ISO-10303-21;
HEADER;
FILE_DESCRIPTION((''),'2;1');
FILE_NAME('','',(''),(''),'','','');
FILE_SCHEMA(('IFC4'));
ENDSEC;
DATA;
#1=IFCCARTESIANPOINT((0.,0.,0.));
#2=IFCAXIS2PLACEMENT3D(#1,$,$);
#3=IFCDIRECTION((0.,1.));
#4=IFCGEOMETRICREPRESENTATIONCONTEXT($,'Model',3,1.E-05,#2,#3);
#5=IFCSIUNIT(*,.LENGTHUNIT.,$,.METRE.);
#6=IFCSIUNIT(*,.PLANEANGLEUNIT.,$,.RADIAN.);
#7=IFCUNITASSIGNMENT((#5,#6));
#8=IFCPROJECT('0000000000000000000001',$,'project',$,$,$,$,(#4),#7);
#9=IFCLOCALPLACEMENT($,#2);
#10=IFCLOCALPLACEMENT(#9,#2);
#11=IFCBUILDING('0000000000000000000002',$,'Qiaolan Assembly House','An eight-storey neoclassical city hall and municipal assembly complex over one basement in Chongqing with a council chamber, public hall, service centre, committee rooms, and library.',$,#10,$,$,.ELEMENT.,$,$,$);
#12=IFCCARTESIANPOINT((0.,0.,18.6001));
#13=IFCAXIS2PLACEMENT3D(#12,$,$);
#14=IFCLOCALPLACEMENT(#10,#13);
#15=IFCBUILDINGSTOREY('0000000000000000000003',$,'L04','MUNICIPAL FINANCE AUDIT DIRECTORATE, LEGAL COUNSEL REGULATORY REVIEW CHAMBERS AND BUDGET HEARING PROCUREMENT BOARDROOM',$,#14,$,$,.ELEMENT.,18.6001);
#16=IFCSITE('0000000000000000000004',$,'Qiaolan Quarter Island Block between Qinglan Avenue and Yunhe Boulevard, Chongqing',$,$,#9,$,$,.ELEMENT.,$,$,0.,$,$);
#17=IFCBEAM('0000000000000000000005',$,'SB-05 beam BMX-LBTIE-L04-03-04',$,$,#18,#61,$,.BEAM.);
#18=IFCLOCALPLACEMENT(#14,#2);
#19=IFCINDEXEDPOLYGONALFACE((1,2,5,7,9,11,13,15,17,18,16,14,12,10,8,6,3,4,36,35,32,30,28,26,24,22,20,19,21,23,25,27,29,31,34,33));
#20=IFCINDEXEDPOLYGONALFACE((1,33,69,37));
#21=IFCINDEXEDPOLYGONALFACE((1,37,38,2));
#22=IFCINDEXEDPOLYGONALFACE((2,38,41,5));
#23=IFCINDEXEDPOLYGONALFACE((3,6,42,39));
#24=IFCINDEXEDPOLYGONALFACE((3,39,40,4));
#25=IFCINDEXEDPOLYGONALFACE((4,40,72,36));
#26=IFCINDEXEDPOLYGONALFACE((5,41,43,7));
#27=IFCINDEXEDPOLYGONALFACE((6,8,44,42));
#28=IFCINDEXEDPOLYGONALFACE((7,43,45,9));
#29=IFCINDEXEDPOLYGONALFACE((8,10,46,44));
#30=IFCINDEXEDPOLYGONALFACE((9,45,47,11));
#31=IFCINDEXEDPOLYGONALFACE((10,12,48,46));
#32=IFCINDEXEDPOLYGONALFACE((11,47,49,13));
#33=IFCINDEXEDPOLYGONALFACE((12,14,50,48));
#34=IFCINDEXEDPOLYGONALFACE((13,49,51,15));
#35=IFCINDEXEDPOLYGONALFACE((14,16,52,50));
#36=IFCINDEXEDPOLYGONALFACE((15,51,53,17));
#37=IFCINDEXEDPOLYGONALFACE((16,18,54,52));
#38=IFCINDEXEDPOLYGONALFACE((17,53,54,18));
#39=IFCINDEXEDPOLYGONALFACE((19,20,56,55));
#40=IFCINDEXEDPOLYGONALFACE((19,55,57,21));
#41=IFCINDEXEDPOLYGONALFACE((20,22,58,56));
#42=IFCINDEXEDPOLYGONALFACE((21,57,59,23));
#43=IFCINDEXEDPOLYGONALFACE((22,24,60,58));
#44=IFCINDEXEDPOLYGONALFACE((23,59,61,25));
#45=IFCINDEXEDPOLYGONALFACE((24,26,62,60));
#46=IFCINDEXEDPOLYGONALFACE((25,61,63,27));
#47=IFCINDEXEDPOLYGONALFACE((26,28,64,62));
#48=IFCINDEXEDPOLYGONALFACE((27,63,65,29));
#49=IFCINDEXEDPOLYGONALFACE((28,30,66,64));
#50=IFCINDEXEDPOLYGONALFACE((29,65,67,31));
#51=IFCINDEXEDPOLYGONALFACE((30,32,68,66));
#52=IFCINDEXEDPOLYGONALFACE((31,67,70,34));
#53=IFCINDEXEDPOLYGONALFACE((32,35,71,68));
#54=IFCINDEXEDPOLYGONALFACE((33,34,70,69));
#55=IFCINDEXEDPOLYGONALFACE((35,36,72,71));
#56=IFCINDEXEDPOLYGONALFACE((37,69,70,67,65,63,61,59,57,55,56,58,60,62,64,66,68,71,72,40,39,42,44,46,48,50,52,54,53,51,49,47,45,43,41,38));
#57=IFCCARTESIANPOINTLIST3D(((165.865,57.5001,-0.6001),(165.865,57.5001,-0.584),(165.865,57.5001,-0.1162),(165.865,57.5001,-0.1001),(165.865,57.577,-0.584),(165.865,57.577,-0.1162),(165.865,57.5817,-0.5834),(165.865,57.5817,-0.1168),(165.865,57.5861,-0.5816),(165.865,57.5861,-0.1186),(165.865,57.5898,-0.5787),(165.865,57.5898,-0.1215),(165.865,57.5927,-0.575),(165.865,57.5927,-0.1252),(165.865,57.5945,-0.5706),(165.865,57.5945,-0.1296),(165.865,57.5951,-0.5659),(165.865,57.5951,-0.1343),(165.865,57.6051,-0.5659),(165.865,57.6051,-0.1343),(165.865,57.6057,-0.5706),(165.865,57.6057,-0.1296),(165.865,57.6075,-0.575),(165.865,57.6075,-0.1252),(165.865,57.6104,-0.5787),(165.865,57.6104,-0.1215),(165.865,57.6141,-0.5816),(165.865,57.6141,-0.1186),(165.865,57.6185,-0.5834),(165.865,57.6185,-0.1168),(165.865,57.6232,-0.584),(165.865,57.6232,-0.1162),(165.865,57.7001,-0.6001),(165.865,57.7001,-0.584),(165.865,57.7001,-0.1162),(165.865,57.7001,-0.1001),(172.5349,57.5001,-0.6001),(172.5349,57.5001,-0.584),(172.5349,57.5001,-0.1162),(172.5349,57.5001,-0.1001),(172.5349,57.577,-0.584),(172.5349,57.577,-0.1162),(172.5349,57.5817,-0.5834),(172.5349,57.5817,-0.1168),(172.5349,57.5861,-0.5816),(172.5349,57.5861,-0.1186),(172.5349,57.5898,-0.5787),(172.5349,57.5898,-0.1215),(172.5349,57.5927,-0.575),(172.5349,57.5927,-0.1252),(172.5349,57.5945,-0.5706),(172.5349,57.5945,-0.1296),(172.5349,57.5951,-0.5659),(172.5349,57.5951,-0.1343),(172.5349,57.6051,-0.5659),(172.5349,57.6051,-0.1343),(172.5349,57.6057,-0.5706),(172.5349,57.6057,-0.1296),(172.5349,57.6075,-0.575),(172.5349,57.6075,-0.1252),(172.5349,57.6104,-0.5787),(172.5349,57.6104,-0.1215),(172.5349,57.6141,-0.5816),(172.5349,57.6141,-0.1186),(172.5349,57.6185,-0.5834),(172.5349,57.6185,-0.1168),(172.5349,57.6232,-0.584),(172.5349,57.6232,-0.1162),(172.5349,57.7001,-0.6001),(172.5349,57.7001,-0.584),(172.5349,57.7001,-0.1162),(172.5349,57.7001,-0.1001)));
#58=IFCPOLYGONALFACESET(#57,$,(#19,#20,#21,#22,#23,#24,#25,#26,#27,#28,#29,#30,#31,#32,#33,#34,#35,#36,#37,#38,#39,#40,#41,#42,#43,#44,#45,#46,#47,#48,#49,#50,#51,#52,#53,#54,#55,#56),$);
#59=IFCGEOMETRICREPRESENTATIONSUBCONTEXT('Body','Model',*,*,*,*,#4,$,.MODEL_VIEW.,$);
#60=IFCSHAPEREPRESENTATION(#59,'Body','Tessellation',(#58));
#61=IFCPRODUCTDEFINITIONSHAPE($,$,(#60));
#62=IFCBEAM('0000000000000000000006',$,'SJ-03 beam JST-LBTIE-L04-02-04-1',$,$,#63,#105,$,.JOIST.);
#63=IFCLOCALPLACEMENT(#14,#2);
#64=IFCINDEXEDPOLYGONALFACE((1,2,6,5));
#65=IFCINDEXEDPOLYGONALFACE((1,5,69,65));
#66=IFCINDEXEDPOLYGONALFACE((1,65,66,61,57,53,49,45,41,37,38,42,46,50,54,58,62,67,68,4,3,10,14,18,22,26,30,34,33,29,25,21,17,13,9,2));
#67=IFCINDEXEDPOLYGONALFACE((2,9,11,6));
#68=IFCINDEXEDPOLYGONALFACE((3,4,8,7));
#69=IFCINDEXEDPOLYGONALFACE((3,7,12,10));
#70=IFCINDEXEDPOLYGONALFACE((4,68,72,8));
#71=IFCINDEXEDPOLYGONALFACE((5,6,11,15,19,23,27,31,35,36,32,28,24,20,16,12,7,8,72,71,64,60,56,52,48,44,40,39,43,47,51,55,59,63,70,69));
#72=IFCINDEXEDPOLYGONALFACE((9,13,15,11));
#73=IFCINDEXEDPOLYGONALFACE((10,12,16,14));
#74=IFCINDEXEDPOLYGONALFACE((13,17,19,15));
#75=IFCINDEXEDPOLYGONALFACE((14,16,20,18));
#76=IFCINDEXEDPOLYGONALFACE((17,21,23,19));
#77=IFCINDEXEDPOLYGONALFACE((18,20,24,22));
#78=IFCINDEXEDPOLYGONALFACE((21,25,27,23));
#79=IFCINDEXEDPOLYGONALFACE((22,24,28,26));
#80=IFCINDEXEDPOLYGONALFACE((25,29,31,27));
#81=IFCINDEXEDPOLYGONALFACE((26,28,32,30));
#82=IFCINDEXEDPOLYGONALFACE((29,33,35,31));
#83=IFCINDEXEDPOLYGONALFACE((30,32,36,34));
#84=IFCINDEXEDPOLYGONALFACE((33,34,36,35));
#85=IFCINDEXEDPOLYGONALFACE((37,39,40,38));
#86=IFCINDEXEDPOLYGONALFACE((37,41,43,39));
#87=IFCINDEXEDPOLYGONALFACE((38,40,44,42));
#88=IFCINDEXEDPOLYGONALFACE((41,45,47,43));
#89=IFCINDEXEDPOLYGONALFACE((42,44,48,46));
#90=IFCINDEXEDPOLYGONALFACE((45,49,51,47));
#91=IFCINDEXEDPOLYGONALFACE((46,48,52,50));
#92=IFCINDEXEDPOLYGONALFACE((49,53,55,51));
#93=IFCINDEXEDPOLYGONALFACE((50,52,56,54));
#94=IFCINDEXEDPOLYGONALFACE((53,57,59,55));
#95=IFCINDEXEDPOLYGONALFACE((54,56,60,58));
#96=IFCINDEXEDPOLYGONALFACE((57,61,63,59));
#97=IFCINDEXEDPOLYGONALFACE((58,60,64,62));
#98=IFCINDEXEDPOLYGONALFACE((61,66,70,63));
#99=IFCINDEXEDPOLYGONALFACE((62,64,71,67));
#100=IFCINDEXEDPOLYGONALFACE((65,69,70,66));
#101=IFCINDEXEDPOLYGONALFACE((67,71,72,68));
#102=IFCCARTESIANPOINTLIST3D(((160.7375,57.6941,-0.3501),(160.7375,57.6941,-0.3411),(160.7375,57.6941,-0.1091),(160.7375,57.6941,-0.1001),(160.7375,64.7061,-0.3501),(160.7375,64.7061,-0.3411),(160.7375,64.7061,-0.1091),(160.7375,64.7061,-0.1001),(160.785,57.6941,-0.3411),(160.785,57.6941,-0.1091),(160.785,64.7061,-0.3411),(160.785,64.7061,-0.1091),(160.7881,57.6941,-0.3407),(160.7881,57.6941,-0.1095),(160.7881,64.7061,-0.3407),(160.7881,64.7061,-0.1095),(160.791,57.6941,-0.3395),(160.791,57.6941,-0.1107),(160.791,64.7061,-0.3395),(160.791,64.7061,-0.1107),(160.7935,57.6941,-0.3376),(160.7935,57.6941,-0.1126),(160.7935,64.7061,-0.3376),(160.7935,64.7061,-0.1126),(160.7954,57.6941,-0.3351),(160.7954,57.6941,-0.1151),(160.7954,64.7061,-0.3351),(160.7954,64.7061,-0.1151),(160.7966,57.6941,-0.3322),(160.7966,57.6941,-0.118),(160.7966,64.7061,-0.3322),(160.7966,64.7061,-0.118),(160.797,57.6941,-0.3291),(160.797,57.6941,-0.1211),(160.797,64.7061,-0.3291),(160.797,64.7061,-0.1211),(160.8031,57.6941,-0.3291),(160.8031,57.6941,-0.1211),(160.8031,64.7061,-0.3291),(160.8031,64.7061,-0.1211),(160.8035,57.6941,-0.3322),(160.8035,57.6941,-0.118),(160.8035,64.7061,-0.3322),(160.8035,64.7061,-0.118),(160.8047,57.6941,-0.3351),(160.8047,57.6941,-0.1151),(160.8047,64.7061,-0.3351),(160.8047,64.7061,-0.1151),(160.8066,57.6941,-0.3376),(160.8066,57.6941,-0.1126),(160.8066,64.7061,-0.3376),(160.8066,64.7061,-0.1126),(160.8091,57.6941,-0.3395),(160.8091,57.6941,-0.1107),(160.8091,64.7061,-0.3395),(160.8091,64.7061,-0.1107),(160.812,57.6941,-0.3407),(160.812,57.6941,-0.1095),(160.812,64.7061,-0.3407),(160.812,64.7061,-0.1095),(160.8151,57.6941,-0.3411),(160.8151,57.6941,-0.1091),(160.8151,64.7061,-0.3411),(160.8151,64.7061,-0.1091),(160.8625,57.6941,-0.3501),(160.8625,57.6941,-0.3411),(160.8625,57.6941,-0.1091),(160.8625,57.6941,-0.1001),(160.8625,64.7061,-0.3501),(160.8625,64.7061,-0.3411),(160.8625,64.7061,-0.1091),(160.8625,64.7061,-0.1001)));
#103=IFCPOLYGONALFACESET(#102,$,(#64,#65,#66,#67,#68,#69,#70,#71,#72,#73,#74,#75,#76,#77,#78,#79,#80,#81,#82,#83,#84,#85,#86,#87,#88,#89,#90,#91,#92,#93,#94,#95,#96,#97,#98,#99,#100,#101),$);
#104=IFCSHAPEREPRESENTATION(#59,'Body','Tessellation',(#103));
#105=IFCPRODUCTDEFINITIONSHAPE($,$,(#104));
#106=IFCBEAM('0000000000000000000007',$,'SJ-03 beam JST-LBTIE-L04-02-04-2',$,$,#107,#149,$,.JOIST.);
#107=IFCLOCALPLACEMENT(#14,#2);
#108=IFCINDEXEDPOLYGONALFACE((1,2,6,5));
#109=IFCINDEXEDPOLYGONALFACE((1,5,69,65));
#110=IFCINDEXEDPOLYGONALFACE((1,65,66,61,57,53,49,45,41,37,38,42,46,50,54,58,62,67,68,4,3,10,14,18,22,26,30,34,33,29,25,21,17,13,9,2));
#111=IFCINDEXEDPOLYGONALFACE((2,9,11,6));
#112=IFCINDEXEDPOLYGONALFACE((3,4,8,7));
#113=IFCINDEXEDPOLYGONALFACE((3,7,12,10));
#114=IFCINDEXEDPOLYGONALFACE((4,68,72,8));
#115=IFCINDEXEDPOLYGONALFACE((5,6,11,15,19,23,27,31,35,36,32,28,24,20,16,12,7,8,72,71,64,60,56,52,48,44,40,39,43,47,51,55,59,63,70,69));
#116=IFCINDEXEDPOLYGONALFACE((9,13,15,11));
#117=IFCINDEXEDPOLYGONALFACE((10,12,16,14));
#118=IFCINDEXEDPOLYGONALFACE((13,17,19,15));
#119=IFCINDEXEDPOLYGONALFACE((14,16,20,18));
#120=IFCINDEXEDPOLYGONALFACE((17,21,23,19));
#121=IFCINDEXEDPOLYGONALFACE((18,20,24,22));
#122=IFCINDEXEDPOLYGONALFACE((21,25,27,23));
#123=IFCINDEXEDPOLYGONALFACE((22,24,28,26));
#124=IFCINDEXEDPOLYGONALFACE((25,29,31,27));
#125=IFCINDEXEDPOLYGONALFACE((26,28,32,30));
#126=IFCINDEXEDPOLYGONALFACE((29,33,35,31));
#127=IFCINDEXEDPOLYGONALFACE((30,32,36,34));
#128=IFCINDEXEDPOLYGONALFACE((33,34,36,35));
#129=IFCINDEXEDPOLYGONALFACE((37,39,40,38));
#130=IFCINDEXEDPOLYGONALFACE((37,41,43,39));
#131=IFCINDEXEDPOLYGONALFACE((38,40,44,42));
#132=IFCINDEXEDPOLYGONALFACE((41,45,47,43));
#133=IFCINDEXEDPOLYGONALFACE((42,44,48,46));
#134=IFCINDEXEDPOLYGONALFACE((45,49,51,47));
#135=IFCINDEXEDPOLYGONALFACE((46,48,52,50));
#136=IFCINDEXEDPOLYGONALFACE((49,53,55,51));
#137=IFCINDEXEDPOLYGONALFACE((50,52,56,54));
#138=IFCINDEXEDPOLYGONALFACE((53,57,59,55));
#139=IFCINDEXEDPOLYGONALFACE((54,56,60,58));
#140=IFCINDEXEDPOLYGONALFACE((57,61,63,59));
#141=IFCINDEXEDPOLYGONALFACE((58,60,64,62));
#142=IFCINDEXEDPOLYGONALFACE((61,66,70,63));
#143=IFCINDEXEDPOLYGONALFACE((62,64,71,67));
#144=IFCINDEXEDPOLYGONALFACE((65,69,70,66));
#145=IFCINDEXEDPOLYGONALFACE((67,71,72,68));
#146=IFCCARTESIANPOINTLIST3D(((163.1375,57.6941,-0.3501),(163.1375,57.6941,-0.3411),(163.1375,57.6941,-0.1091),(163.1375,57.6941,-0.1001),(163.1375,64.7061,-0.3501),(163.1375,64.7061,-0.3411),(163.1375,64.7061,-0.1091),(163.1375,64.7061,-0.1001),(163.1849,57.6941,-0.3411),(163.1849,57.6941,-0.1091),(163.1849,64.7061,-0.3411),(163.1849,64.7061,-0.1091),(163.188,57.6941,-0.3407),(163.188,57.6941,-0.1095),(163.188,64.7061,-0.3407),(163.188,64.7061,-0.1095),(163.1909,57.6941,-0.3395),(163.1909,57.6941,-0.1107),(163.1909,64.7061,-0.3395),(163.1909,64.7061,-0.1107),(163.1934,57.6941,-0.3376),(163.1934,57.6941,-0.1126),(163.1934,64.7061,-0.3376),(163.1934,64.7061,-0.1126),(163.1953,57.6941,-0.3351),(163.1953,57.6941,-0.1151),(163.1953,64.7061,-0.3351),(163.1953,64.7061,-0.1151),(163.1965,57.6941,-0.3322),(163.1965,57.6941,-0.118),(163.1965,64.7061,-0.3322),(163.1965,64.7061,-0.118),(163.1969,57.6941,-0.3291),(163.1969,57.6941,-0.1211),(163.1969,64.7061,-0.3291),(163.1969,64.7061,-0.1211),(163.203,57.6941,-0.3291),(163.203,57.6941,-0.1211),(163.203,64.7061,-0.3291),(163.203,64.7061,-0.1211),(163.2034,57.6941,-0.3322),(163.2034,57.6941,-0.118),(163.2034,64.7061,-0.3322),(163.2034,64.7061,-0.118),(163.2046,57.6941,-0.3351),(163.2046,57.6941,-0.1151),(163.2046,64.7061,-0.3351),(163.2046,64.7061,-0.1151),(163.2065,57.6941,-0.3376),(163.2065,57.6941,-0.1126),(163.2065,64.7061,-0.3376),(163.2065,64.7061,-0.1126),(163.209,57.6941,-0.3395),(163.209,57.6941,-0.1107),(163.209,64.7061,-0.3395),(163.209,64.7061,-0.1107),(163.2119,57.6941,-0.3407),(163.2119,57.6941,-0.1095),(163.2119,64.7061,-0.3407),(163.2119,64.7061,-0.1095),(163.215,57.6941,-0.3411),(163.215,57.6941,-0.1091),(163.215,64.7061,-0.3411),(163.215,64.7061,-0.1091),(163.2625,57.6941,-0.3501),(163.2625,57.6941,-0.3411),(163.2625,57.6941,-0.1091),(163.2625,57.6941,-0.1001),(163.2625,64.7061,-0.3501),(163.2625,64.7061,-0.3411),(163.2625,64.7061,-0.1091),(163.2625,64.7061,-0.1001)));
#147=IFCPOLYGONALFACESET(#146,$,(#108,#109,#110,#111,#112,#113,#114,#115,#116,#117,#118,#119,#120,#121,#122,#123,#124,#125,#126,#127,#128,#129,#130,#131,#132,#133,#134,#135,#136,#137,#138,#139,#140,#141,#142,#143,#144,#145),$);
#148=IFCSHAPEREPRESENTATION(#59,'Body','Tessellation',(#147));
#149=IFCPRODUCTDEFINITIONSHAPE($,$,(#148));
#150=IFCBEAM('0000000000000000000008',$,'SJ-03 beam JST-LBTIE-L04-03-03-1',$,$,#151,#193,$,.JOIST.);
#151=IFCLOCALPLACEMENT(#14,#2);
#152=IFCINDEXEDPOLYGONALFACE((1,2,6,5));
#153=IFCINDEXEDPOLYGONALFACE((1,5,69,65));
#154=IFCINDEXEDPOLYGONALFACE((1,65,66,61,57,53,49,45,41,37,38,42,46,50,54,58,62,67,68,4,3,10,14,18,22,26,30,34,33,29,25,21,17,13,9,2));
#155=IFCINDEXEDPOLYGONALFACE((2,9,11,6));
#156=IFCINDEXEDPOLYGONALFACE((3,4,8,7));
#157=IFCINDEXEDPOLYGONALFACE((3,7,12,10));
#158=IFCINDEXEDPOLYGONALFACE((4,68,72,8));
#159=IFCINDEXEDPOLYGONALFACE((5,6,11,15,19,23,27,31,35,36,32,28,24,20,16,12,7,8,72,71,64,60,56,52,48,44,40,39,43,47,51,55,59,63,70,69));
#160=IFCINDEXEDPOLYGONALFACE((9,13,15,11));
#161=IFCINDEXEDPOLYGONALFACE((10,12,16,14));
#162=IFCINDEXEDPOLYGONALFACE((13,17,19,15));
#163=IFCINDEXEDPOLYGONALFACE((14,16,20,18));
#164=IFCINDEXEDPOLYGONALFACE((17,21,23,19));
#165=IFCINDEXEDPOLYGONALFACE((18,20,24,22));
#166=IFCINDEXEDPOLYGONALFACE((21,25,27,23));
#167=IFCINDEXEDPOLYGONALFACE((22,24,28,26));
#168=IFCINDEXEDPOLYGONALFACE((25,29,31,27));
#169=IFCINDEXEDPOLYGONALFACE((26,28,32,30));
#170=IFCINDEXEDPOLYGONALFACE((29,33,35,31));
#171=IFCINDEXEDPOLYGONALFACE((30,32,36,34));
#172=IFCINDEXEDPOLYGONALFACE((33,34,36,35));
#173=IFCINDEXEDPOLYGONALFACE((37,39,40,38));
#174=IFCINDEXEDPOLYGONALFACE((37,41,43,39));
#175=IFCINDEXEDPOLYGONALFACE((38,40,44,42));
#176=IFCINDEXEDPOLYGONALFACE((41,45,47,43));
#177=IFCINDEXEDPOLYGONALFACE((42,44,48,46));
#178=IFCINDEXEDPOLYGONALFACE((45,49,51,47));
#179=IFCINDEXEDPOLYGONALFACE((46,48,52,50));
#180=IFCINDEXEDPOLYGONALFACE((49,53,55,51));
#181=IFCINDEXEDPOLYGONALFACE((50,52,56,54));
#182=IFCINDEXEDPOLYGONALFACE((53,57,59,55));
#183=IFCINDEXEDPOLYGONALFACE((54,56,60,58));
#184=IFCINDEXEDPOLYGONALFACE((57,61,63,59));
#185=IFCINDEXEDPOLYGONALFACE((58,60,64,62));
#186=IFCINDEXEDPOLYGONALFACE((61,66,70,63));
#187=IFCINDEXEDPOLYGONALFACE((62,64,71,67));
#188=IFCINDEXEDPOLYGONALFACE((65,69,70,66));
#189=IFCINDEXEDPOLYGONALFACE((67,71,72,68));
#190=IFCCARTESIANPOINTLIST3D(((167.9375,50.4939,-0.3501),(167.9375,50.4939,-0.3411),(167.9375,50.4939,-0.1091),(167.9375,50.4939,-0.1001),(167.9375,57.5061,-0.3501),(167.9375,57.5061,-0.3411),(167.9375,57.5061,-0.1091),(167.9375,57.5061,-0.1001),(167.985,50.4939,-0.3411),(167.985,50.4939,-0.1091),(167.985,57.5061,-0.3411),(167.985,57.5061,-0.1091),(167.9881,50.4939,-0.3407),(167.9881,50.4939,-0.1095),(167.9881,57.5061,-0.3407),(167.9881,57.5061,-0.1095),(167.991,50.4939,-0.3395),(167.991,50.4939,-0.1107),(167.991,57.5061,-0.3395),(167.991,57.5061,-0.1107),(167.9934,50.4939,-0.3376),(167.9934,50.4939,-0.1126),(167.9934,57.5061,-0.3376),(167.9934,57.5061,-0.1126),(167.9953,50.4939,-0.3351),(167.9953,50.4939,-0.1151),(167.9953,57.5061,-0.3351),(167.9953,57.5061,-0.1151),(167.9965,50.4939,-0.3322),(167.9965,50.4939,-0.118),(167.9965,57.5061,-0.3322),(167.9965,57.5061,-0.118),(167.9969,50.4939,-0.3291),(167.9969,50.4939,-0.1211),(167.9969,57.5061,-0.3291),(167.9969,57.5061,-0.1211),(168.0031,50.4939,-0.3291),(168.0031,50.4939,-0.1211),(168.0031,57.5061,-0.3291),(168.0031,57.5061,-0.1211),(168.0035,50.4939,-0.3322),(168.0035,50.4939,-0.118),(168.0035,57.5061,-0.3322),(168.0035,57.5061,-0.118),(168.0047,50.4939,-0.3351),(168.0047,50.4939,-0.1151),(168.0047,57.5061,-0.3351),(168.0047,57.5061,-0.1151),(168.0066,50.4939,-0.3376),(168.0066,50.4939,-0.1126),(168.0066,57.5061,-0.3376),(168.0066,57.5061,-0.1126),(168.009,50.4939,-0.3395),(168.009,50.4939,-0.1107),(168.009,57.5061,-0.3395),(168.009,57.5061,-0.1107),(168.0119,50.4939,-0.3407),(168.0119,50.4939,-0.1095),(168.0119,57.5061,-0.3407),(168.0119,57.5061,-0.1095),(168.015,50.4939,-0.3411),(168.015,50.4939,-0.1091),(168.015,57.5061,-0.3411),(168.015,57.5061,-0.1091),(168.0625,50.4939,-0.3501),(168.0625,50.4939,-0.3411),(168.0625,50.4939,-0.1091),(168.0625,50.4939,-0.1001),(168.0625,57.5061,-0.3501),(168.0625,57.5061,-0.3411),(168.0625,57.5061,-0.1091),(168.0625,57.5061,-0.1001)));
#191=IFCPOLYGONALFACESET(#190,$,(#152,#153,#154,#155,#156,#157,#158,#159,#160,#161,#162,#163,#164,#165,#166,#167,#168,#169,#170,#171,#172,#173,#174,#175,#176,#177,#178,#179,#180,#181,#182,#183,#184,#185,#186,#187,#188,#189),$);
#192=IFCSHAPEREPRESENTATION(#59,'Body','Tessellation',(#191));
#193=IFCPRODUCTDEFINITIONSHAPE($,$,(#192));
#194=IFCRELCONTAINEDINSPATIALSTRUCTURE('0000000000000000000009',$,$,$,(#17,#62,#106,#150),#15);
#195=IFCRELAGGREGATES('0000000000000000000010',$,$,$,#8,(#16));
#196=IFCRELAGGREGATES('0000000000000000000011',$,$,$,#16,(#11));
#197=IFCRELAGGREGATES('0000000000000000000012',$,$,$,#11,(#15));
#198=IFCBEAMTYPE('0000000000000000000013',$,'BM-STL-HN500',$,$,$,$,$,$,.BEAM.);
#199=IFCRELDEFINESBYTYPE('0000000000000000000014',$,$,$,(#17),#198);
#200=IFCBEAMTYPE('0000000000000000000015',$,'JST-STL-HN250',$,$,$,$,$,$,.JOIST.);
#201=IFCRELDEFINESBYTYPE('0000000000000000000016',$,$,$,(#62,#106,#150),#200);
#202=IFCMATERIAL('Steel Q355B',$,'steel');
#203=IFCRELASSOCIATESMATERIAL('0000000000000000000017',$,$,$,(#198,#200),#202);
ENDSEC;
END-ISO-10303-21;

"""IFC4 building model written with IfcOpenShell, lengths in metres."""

from ifc_helpers import new_model, si_unit, direction, frame, origin, origin_2d, place, context, subcontext, project, spatial, i_section, extrude, material, material_profile, profile_set, type_object, element, save


model = new_model("IFC4")

# Units and contexts
model_context = context("Model", 3, precision=1e-05, world=origin(), true_north=direction((0.0, 1.0)))
body_context = subcontext(model_context, "Body", "Model", "MODEL_VIEW")
ifc_project = project(units=[si_unit("LENGTHUNIT", "METRE"), si_unit("PLANEANGLEUNIT", "RADIAN")], contexts=[model_context])

# Site, building, storey
site_placement = place(None, origin())
site = spatial("IfcSite", under=ifc_project, at=site_placement, Name="Qiaolan Quarter Island Block between Qinglan Avenue and Yunhe Boulevard, Chongqing", CompositionType="ELEMENT", RefElevation=0.0)
building_placement = place(site_placement, origin())
building = spatial("IfcBuilding", under=site, at=building_placement, Name="Qiaolan Assembly House", Description="An eight-storey neoclassical city hall and municipal assembly complex over one basement in Chongqing with a council chamber, public hall, service centre, committee rooms, and library.", CompositionType="ELEMENT")
storey_placement = place(building_placement, frame((0.0, 0.0, 18.6001)))
storey = spatial("IfcBuildingStorey", under=building, at=storey_placement, Name="L04", Description="MUNICIPAL FINANCE AUDIT DIRECTORATE, LEGAL COUNSEL REGULATORY REVIEW CHAMBERS AND BUDGET HEARING PROCUREMENT BOARDROOM", CompositionType="ELEMENT", Elevation=18.6001)

# Shared definitions
ifc_material = material(Name="Steel Q355B", Category="steel")

# Beams
ifc_material_profile_1 = material_profile(ifc_material, i_section(OverallWidth=0.2, OverallDepth=0.5, WebThickness=0.01, FlangeThickness=0.0161, FilletRadius=0.0181, at=origin_2d()), Name="HN 500x200x10x16")
ifc_profile_set_1 = profile_set([ifc_material_profile_1], Name="Steel Q355B")
beam_type_1 = type_object("IfcBeamType", Name="BM-STL-HN500", PredefinedType="BEAM", material=ifc_profile_set_1)
beam_1_placement = place(storey_placement, frame((165.865, 57.6001, -0.3501), z_axis=(1.0, 0.0, 0.0), x_axis=(0.0, 1.0, 0.0)))
element("IfcBeam", 1, at=beam_1_placement, inside=storey, type_object=beam_type_1, Name="SB-05 beam BMX-LBTIE-L04-03-04", PredefinedType="BEAM", context=body_context, shape_type="SweptSolid", body=[
    extrude(i_section(OverallWidth=0.2, OverallDepth=0.5, WebThickness=0.01, FlangeThickness=0.0161, FilletRadius=0.0181, at=origin_2d()), origin(), (0.0, 0.0, 1.0), 6.6699),
])
ifc_material_profile_2 = material_profile(ifc_material, i_section(OverallWidth=0.125, OverallDepth=0.25, WebThickness=0.0061, FlangeThickness=0.009, FilletRadius=0.012, at=origin_2d()), Name="HN 250x125x6x9")
ifc_profile_set_2 = profile_set([ifc_material_profile_2], Name="Steel Q355B")
beam_type_2 = type_object("IfcBeamType", Name="JST-STL-HN250", PredefinedType="JOIST", material=ifc_profile_set_2)
for number, where, z_axis, x_axis, name in (
    (2, (160.8, 57.6941, -0.2251), (0.0, 1.0, 0.0), (-1.0, 0.0, 0.0), "SJ-03 beam JST-LBTIE-L04-02-04-1"),
    (3, (163.2, 57.6941, -0.2251), (0.0, 1.0, 0.0), (-1.0, 0.0, 0.0), "SJ-03 beam JST-LBTIE-L04-02-04-2"),
):
    element("IfcBeam", number, at=place(storey_placement, frame(where, z_axis=z_axis, x_axis=x_axis)), inside=storey, type_object=beam_type_2, Name=name, PredefinedType="JOIST", context=body_context, shape_type="SweptSolid", body=[
        extrude(i_section(OverallWidth=0.125, OverallDepth=0.25, WebThickness=0.0061, FlangeThickness=0.009, FilletRadius=0.012, at=origin_2d()), origin(), (0.0, 0.0, 1.0), 7.012),
    ])
for number, where, z_axis, x_axis, name in (
    (4, (168.0, 50.4939, -0.2251), (0.0, 1.0, 0.0), (-1.0, 0.0, 0.0), "SJ-03 beam JST-LBTIE-L04-03-03-1"),
):
    element("IfcBeam", number, at=place(storey_placement, frame(where, z_axis=z_axis, x_axis=x_axis)), inside=storey, type_object=beam_type_2, Name=name, PredefinedType="JOIST", context=body_context, shape_type="SweptSolid", body=[
        extrude(i_section(OverallWidth=0.125, OverallDepth=0.25, WebThickness=0.0061, FlangeThickness=0.009, FilletRadius=0.012, at=origin_2d()), origin(), (0.0, 0.0, 1.0), 7.0122),
    ])

save(model, "model.ifc")
